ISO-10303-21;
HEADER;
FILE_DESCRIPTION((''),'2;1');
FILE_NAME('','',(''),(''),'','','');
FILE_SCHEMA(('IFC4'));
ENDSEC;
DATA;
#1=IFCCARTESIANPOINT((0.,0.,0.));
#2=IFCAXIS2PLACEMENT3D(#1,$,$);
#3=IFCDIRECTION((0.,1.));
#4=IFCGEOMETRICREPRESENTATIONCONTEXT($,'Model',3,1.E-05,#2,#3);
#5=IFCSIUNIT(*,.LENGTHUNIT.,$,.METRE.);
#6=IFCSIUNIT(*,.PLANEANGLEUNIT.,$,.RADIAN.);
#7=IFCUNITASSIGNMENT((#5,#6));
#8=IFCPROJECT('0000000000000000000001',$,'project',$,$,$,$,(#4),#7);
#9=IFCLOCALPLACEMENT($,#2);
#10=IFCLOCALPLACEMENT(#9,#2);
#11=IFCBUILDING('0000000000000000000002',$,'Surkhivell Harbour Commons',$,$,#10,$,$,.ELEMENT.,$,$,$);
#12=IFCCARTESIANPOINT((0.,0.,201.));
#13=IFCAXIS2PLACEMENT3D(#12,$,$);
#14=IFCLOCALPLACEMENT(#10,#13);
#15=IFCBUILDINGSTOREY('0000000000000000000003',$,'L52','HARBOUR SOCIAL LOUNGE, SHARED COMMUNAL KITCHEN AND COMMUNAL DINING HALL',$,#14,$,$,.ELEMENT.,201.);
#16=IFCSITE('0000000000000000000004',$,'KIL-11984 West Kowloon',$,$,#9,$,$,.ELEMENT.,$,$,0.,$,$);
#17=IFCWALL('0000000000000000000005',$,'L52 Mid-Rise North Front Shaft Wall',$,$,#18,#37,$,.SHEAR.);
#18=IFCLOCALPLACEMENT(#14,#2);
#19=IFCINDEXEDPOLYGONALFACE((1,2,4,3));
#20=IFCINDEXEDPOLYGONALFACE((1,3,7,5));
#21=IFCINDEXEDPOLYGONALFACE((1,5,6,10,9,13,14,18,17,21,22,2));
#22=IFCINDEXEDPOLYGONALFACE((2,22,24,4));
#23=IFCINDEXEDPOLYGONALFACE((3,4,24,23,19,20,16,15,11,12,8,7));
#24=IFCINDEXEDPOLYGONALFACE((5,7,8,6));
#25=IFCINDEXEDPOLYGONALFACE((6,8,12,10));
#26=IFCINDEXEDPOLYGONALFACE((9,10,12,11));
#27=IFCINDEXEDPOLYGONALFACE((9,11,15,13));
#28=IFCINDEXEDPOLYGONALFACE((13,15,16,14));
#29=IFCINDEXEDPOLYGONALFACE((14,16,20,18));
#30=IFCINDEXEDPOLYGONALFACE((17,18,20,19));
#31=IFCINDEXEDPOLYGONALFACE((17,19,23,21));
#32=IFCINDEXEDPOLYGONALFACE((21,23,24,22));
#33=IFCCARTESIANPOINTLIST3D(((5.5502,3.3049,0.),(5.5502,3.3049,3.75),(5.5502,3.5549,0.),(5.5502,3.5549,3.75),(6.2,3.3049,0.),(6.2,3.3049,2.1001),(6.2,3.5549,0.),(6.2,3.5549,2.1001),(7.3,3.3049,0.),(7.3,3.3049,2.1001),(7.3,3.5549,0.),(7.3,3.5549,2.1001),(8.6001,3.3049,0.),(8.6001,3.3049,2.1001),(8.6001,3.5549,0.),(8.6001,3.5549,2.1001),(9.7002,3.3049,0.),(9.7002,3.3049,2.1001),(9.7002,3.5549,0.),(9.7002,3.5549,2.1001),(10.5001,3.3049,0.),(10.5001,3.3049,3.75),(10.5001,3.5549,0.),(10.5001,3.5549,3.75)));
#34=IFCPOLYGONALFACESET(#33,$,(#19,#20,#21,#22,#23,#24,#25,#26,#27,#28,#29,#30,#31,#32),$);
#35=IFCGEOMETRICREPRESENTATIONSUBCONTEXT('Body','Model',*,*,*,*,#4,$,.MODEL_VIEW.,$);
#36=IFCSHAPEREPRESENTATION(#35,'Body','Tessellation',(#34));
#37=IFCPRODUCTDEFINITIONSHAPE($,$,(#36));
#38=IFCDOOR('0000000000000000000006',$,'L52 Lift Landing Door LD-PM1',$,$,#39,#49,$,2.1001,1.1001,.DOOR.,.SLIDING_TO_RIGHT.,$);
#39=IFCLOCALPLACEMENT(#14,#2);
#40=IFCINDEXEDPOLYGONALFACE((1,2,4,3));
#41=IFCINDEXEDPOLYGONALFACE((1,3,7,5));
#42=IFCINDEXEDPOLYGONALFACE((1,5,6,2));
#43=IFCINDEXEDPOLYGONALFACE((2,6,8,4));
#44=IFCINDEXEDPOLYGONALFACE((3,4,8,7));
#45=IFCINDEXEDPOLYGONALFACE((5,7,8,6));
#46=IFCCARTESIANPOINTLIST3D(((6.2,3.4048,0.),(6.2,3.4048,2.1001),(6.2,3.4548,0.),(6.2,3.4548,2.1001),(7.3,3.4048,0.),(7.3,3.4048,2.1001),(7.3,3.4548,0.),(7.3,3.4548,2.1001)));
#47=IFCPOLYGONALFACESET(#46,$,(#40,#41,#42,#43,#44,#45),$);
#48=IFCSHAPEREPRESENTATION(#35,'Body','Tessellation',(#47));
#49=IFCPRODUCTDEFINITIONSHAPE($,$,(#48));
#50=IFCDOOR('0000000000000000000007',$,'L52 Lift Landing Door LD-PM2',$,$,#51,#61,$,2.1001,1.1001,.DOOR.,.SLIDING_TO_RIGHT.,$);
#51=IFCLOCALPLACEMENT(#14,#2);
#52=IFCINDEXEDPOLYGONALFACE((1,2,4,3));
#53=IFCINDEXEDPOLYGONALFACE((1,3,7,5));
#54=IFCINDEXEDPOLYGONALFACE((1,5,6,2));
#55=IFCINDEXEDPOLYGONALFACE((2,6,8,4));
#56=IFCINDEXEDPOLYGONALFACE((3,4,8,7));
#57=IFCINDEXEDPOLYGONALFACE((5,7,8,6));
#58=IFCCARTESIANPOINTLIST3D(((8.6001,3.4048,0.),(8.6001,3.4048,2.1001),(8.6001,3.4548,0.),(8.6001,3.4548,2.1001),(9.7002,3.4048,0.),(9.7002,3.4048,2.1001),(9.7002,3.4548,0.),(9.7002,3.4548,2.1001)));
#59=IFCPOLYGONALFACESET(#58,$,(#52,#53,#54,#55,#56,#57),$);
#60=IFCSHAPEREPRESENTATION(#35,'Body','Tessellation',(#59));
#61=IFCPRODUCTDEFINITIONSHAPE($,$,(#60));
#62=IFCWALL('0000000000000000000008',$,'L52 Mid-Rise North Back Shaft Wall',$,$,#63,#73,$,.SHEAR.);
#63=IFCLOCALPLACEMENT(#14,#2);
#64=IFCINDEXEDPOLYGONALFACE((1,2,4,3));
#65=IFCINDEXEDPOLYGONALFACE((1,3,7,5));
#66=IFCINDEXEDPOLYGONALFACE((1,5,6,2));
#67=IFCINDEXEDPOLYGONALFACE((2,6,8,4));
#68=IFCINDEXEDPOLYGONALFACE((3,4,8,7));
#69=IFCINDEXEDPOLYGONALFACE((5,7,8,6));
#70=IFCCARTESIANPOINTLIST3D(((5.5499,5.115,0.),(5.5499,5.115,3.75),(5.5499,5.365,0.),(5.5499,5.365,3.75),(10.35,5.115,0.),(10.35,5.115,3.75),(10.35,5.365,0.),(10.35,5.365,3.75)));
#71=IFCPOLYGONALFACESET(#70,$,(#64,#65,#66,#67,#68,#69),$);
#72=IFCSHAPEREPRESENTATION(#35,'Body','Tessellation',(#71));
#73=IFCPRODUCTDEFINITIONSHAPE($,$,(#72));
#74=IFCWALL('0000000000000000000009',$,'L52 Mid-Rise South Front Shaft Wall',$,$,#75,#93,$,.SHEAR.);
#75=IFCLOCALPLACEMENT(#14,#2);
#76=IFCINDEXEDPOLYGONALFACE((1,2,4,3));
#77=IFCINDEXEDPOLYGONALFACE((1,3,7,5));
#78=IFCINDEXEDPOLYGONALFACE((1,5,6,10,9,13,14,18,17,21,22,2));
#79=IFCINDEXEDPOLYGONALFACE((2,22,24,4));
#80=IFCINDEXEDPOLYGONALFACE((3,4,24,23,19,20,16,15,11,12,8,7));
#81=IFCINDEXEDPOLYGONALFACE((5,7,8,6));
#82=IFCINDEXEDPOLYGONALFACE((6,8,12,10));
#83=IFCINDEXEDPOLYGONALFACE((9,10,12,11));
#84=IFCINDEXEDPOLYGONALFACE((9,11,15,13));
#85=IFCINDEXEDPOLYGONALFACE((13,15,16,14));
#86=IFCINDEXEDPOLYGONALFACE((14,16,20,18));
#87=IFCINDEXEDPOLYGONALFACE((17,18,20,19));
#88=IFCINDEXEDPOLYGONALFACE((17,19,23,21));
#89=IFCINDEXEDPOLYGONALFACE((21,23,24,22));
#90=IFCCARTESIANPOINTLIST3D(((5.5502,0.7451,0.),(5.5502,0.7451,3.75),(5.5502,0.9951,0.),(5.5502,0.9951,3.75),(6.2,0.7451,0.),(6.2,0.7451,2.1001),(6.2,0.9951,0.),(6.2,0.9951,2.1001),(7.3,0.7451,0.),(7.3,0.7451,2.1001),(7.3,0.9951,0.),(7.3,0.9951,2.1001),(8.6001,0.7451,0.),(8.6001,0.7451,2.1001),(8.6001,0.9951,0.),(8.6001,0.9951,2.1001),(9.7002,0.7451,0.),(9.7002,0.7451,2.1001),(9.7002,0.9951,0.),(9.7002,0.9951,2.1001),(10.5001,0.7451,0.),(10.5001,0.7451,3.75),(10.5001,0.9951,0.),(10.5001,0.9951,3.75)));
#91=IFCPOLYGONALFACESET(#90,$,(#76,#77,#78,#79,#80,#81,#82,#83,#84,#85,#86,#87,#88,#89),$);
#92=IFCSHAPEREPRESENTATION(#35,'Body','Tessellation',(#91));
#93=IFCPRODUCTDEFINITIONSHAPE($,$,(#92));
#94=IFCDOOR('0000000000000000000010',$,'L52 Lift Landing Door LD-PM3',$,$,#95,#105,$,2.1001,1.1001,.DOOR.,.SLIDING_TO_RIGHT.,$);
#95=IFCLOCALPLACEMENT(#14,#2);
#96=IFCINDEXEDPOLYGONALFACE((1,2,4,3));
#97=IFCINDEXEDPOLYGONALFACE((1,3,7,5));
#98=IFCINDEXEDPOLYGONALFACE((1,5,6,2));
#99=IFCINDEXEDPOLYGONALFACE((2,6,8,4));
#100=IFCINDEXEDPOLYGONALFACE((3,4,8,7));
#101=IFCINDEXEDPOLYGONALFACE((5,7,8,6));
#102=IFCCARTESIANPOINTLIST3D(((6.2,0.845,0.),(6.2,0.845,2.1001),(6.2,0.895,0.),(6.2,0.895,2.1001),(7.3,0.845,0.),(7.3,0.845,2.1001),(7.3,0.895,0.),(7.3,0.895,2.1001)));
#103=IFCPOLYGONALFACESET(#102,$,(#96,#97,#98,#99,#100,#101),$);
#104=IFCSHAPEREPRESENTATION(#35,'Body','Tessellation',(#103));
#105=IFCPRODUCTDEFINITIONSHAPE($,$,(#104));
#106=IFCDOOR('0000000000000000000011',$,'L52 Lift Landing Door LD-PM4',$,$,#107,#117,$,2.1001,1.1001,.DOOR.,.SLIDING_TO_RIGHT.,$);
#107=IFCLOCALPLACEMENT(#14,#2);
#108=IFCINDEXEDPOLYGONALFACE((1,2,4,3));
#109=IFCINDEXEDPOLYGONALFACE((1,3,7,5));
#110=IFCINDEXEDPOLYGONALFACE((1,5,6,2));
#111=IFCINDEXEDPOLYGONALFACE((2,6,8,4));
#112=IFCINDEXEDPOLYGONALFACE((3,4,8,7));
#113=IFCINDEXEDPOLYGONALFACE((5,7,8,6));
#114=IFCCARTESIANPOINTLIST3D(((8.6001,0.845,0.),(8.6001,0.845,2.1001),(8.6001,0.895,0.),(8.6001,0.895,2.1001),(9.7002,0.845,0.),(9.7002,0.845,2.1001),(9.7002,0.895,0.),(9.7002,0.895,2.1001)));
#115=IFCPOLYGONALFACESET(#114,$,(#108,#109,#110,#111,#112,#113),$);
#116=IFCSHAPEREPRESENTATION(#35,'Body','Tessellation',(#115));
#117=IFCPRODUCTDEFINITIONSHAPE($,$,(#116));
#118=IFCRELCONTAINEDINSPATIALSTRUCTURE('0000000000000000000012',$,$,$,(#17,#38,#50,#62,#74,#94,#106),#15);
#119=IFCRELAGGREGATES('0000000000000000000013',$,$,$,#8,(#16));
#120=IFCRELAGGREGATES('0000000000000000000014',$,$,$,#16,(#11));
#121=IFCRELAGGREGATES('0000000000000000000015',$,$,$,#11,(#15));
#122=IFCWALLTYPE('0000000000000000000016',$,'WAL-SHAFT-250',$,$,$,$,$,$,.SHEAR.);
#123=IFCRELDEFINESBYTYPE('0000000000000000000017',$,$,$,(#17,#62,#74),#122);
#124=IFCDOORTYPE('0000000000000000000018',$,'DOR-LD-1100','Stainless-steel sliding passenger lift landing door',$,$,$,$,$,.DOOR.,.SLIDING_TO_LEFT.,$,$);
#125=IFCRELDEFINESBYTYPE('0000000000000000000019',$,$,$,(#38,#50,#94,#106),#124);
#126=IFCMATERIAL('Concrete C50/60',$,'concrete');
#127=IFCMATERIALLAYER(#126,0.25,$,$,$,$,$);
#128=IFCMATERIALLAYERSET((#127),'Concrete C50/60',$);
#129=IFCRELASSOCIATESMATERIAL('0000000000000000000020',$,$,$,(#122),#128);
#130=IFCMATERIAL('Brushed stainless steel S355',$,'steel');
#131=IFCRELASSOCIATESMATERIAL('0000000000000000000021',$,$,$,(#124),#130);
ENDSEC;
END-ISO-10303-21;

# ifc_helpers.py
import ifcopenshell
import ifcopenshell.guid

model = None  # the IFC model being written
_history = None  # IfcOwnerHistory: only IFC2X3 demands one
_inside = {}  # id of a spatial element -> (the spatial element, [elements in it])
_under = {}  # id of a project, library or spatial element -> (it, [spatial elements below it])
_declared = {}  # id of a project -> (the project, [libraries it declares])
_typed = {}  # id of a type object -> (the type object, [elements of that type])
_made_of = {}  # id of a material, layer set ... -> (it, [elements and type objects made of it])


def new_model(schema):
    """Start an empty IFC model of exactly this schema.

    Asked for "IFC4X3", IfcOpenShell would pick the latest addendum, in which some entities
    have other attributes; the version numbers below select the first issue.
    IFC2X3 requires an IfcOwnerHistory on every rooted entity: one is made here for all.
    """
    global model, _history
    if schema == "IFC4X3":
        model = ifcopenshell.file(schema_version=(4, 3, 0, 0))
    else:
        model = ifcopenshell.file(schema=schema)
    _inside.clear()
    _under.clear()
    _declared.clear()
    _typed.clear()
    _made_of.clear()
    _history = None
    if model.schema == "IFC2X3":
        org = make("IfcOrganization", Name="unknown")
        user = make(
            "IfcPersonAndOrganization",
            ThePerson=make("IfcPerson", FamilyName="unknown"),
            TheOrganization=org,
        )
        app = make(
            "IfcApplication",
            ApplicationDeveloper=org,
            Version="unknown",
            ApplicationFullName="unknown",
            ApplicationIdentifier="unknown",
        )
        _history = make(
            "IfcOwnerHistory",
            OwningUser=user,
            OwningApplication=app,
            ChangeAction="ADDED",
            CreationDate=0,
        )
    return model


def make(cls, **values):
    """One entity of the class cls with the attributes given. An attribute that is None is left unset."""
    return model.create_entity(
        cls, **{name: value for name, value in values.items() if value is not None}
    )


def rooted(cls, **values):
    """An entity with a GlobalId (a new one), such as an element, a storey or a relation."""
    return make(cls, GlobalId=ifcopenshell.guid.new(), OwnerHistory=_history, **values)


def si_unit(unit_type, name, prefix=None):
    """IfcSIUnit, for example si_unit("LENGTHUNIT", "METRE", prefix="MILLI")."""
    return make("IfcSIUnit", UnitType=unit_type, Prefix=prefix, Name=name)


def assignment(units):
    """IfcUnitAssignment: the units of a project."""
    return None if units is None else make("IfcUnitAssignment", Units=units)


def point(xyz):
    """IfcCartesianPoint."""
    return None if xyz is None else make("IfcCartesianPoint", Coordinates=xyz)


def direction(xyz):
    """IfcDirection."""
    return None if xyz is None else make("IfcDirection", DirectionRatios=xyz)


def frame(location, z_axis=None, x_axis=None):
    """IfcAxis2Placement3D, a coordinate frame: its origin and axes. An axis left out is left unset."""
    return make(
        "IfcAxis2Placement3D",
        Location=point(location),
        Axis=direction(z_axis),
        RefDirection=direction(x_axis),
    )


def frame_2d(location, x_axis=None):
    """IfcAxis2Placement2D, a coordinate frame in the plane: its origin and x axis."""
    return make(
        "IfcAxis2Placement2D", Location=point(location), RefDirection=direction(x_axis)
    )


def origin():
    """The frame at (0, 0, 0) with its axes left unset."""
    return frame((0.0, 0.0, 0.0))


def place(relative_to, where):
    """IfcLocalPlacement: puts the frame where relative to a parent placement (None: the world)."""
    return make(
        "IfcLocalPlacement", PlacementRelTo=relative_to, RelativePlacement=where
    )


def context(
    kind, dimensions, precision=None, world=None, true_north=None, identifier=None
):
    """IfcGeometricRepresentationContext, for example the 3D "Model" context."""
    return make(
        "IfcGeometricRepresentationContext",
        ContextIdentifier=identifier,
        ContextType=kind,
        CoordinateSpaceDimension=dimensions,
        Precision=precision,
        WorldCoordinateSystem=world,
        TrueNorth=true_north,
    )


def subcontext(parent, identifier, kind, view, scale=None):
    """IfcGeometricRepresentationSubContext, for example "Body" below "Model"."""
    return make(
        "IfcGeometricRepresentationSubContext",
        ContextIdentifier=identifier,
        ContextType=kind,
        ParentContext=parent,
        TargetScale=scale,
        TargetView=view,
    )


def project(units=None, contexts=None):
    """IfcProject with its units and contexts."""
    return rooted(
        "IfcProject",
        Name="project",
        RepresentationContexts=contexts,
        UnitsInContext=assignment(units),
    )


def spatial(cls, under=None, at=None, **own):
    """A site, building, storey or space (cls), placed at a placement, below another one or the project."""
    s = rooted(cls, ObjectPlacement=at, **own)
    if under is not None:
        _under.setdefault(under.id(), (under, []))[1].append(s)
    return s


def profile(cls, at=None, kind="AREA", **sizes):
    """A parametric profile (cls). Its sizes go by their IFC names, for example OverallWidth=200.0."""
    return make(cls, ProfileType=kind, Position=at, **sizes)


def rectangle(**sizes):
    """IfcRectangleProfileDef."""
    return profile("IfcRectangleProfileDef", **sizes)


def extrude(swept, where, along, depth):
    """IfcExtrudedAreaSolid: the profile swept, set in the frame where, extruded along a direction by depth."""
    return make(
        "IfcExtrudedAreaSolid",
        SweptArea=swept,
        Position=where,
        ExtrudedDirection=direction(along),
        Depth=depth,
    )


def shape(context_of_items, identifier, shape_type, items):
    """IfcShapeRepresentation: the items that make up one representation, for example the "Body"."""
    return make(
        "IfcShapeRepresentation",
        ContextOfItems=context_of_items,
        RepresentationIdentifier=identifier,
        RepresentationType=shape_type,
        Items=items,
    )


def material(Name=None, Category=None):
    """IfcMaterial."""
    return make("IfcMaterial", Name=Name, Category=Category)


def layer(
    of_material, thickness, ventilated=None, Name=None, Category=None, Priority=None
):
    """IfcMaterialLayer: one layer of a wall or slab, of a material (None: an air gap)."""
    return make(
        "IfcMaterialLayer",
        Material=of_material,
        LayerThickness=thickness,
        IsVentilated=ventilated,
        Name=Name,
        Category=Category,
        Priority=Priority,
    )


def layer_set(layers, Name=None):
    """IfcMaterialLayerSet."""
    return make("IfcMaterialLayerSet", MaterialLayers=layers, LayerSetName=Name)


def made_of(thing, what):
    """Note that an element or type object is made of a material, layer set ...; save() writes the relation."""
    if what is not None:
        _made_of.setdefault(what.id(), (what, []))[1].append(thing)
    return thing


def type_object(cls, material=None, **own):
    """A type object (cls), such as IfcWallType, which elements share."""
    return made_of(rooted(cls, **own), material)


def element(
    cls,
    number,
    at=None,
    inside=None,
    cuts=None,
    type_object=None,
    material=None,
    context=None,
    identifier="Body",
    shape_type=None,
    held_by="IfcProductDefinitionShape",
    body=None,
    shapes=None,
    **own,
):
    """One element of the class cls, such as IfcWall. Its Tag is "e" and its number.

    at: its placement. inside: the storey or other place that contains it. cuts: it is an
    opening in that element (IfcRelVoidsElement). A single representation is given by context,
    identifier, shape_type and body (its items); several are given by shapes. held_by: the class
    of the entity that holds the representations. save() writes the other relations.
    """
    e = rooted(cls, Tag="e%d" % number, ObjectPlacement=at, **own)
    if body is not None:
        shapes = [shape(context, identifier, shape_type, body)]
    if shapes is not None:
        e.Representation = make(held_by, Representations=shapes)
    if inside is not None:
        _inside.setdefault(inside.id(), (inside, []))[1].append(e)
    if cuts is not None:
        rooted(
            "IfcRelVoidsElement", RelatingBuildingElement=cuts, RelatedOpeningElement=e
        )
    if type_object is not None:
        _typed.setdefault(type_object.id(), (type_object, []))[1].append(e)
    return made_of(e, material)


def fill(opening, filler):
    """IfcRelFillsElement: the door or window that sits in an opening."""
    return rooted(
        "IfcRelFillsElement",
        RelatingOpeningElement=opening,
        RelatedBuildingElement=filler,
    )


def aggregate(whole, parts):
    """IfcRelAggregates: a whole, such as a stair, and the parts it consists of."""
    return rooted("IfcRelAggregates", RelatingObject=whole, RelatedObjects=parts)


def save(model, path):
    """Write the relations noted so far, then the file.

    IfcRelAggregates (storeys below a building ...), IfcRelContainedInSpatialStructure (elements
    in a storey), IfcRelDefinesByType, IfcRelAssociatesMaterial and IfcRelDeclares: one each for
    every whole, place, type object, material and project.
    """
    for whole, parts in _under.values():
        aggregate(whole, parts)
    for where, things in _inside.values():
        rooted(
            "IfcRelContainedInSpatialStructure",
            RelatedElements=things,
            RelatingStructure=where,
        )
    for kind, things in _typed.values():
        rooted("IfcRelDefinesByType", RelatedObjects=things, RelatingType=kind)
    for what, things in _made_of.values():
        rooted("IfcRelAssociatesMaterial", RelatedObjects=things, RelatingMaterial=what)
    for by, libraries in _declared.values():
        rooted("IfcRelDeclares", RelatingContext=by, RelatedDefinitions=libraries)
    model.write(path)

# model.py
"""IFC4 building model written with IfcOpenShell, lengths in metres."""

from ifc_helpers import new_model, si_unit, direction, frame, frame_2d, origin, place, context, subcontext, project, spatial, rectangle, extrude, material, layer, layer_set, type_object, element, fill, save


model = new_model("IFC4")

# Units and contexts
model_context = context("Model", 3, precision=1e-05, world=origin(), true_north=direction((0.0, 1.0)))
body_context = subcontext(model_context, "Body", "Model", "MODEL_VIEW")
ifc_project = project(units=[si_unit("LENGTHUNIT", "METRE"), si_unit("PLANEANGLEUNIT", "RADIAN")], contexts=[model_context])

# Site, building, storey
site_placement = place(None, origin())
site = spatial("IfcSite", under=ifc_project, at=site_placement, Name="KIL-11984 West Kowloon", CompositionType="ELEMENT", RefElevation=0.0)
building_placement = place(site_placement, origin())
building = spatial("IfcBuilding", under=site, at=building_placement, Name="Surkhivell Harbour Commons", CompositionType="ELEMENT")
storey_placement = place(building_placement, frame((0.0, 0.0, 201.0)))
storey = spatial("IfcBuildingStorey", under=building, at=storey_placement, Name="L52", Description="HARBOUR SOCIAL LOUNGE, SHARED COMMUNAL KITCHEN AND COMMUNAL DINING HALL", CompositionType="ELEMENT", Elevation=201.0)

# Shared definitions
ifc_material_1 = material(Name="Concrete C50/60", Category="concrete")
ifc_layer_1 = layer(ifc_material_1, 0.25)
ifc_layer_set_1 = layer_set([ifc_layer_1], Name="Concrete C50/60")
wall_type_1 = type_object("IfcWallType", Name="WAL-SHAFT-250", PredefinedType="SHEAR", material=ifc_layer_set_1)

# Wall, openings, doors
wall_1_placement = place(storey_placement, frame((5.55, 3.4299, 0.0), z_axis=(0.0, 0.0, 1.0), x_axis=(1.0, 0.0, 0.0)))
wall_1 = element("IfcWall", 1, at=wall_1_placement, inside=storey, type_object=wall_type_1, Name="L52 Mid-Rise North Front Shaft Wall", PredefinedType="SHEAR", context=body_context, shape_type="SweptSolid", body=[
    extrude(rectangle(XDim=4.95, YDim=0.25, at=frame_2d((2.4751, 0.0))), origin(), (0.0, 0.0, 1.0), 3.75),
])
opening_1_placement = place(wall_1_placement, frame((0.6499, 0.0, 0.0)))
opening_1 = element("IfcOpeningElement", 2, at=opening_1_placement, cuts=wall_1, PredefinedType="OPENING", context=body_context, shape_type="SweptSolid", body=[
    extrude(rectangle(XDim=1.1001, YDim=2.1001, at=frame_2d((0.55, 1.05))), frame((0.0, 0.135, 0.0), z_axis=(0.0, -1.0, 0.0), x_axis=(1.0, 0.0, 0.0)), (0.0, 0.0, 1.0), 0.27),
])
opening_2_placement = place(wall_1_placement, frame((3.05, 0.0, 0.0)))
opening_2 = element("IfcOpeningElement", 3, at=opening_2_placement, cuts=wall_1, PredefinedType="OPENING", context=body_context, shape_type="SweptSolid", body=[
    extrude(rectangle(XDim=1.1001, YDim=2.1001, at=frame_2d((0.55, 1.05))), frame((0.0, 0.135, 0.0), z_axis=(0.0, -1.0, 0.0), x_axis=(1.0, 0.0, 0.0)), (0.0, 0.0, 1.0), 0.27),
])
ifc_material_2 = material(Name="Brushed stainless steel S355", Category="steel")
door_type_1 = type_object("IfcDoorType", Name="DOR-LD-1100", Description="Stainless-steel sliding passenger lift landing door", OperationType="SLIDING_TO_LEFT", PredefinedType="DOOR", material=ifc_material_2)
door_1_placement = place(opening_1_placement, origin())
door_1 = element("IfcDoor", 4, at=door_1_placement, inside=storey, type_object=door_type_1, Name="L52 Lift Landing Door LD-PM1", OperationType="SLIDING_TO_RIGHT", OverallHeight=2.1001, OverallWidth=1.1001, PredefinedType="DOOR", context=body_context, shape_type="SweptSolid", body=[
    extrude(rectangle(XDim=1.1001, YDim=2.1001, at=frame_2d((0.55, 1.05))), frame((0.0, 0.0249, 0.0), z_axis=(0.0, -1.0, 0.0), x_axis=(1.0, 0.0, 0.0)), (0.0, 0.0, 1.0), 0.05),
])
fill(opening_1, door_1)
door_2_placement = place(opening_2_placement, origin())
door_2 = element("IfcDoor", 5, at=door_2_placement, inside=storey, type_object=door_type_1, Name="L52 Lift Landing Door LD-PM2", OperationType="SLIDING_TO_RIGHT", OverallHeight=2.1001, OverallWidth=1.1001, PredefinedType="DOOR", context=body_context, shape_type="SweptSolid", body=[
    extrude(rectangle(XDim=1.1001, YDim=2.1001, at=frame_2d((0.55, 1.05))), frame((0.0, 0.0249, 0.0), z_axis=(0.0, -1.0, 0.0), x_axis=(1.0, 0.0, 0.0)), (0.0, 0.0, 1.0), 0.05),
])
fill(opening_2, door_2)

# Wall
wall_2_placement = place(storey_placement, frame((5.55, 5.24, 0.0), z_axis=(0.0, 0.0, 1.0), x_axis=(1.0, 0.0, 0.0)))
element("IfcWall", 6, at=wall_2_placement, inside=storey, type_object=wall_type_1, Name="L52 Mid-Rise North Back Shaft Wall", PredefinedType="SHEAR", context=body_context, shape_type="SweptSolid", body=[
    extrude(rectangle(XDim=4.8, YDim=0.25, at=frame_2d((2.3999, 0.0))), origin(), (0.0, 0.0, 1.0), 3.75),
])

# Wall, openings, doors
wall_3_placement = place(storey_placement, frame((5.55, 0.8701, 0.0), z_axis=(0.0, 0.0, 1.0), x_axis=(1.0, 0.0, 0.0)))
wall_3 = element("IfcWall", 7, at=wall_3_placement, inside=storey, type_object=wall_type_1, Name="L52 Mid-Rise South Front Shaft Wall", PredefinedType="SHEAR", context=body_context, shape_type="SweptSolid", body=[
    extrude(rectangle(XDim=4.95, YDim=0.25, at=frame_2d((2.4751, 0.0))), origin(), (0.0, 0.0, 1.0), 3.75),
])
opening_3_placement = place(wall_3_placement, frame((0.6499, 0.0, 0.0)))
opening_3 = element("IfcOpeningElement", 8, at=opening_3_placement, cuts=wall_3, PredefinedType="OPENING", context=body_context, shape_type="SweptSolid", body=[
    extrude(rectangle(XDim=1.1001, YDim=2.1001, at=frame_2d((0.55, 1.05))), frame((0.0, 0.135, 0.0), z_axis=(0.0, -1.0, 0.0), x_axis=(1.0, 0.0, 0.0)), (0.0, 0.0, 1.0), 0.27),
])
opening_4_placement = place(wall_3_placement, frame((3.05, 0.0, 0.0)))
opening_4 = element("IfcOpeningElement", 9, at=opening_4_placement, cuts=wall_3, PredefinedType="OPENING", context=body_context, shape_type="SweptSolid", body=[
    extrude(rectangle(XDim=1.1001, YDim=2.1001, at=frame_2d((0.55, 1.05))), frame((0.0, 0.135, 0.0), z_axis=(0.0, -1.0, 0.0), x_axis=(1.0, 0.0, 0.0)), (0.0, 0.0, 1.0), 0.27),
])
door_3_placement = place(opening_3_placement, origin())
door_3 = element("IfcDoor", 10, at=door_3_placement, inside=storey, type_object=door_type_1, Name="L52 Lift Landing Door LD-PM3", OperationType="SLIDING_TO_RIGHT", OverallHeight=2.1001, OverallWidth=1.1001, PredefinedType="DOOR", context=body_context, shape_type="SweptSolid", body=[
    extrude(rectangle(XDim=1.1001, YDim=2.1001, at=frame_2d((0.55, 1.05))), frame((0.0, 0.0249, 0.0), z_axis=(0.0, -1.0, 0.0), x_axis=(1.0, 0.0, 0.0)), (0.0, 0.0, 1.0), 0.05),
])
fill(opening_3, door_3)
door_4_placement = place(opening_4_placement, origin())
door_4 = element("IfcDoor", 11, at=door_4_placement, inside=storey, type_object=door_type_1, Name="L52 Lift Landing Door LD-PM4", OperationType="SLIDING_TO_RIGHT", OverallHeight=2.1001, OverallWidth=1.1001, PredefinedType="DOOR", context=body_context, shape_type="SweptSolid", body=[
    extrude(rectangle(XDim=1.1001, YDim=2.1001, at=frame_2d((0.55, 1.05))), frame((0.0, 0.0249, 0.0), z_axis=(0.0, -1.0, 0.0), x_axis=(1.0, 0.0, 0.0)), (0.0, 0.0, 1.0), 0.05),
])
fill(opening_4, door_4)

save(model, "model.ifc")
